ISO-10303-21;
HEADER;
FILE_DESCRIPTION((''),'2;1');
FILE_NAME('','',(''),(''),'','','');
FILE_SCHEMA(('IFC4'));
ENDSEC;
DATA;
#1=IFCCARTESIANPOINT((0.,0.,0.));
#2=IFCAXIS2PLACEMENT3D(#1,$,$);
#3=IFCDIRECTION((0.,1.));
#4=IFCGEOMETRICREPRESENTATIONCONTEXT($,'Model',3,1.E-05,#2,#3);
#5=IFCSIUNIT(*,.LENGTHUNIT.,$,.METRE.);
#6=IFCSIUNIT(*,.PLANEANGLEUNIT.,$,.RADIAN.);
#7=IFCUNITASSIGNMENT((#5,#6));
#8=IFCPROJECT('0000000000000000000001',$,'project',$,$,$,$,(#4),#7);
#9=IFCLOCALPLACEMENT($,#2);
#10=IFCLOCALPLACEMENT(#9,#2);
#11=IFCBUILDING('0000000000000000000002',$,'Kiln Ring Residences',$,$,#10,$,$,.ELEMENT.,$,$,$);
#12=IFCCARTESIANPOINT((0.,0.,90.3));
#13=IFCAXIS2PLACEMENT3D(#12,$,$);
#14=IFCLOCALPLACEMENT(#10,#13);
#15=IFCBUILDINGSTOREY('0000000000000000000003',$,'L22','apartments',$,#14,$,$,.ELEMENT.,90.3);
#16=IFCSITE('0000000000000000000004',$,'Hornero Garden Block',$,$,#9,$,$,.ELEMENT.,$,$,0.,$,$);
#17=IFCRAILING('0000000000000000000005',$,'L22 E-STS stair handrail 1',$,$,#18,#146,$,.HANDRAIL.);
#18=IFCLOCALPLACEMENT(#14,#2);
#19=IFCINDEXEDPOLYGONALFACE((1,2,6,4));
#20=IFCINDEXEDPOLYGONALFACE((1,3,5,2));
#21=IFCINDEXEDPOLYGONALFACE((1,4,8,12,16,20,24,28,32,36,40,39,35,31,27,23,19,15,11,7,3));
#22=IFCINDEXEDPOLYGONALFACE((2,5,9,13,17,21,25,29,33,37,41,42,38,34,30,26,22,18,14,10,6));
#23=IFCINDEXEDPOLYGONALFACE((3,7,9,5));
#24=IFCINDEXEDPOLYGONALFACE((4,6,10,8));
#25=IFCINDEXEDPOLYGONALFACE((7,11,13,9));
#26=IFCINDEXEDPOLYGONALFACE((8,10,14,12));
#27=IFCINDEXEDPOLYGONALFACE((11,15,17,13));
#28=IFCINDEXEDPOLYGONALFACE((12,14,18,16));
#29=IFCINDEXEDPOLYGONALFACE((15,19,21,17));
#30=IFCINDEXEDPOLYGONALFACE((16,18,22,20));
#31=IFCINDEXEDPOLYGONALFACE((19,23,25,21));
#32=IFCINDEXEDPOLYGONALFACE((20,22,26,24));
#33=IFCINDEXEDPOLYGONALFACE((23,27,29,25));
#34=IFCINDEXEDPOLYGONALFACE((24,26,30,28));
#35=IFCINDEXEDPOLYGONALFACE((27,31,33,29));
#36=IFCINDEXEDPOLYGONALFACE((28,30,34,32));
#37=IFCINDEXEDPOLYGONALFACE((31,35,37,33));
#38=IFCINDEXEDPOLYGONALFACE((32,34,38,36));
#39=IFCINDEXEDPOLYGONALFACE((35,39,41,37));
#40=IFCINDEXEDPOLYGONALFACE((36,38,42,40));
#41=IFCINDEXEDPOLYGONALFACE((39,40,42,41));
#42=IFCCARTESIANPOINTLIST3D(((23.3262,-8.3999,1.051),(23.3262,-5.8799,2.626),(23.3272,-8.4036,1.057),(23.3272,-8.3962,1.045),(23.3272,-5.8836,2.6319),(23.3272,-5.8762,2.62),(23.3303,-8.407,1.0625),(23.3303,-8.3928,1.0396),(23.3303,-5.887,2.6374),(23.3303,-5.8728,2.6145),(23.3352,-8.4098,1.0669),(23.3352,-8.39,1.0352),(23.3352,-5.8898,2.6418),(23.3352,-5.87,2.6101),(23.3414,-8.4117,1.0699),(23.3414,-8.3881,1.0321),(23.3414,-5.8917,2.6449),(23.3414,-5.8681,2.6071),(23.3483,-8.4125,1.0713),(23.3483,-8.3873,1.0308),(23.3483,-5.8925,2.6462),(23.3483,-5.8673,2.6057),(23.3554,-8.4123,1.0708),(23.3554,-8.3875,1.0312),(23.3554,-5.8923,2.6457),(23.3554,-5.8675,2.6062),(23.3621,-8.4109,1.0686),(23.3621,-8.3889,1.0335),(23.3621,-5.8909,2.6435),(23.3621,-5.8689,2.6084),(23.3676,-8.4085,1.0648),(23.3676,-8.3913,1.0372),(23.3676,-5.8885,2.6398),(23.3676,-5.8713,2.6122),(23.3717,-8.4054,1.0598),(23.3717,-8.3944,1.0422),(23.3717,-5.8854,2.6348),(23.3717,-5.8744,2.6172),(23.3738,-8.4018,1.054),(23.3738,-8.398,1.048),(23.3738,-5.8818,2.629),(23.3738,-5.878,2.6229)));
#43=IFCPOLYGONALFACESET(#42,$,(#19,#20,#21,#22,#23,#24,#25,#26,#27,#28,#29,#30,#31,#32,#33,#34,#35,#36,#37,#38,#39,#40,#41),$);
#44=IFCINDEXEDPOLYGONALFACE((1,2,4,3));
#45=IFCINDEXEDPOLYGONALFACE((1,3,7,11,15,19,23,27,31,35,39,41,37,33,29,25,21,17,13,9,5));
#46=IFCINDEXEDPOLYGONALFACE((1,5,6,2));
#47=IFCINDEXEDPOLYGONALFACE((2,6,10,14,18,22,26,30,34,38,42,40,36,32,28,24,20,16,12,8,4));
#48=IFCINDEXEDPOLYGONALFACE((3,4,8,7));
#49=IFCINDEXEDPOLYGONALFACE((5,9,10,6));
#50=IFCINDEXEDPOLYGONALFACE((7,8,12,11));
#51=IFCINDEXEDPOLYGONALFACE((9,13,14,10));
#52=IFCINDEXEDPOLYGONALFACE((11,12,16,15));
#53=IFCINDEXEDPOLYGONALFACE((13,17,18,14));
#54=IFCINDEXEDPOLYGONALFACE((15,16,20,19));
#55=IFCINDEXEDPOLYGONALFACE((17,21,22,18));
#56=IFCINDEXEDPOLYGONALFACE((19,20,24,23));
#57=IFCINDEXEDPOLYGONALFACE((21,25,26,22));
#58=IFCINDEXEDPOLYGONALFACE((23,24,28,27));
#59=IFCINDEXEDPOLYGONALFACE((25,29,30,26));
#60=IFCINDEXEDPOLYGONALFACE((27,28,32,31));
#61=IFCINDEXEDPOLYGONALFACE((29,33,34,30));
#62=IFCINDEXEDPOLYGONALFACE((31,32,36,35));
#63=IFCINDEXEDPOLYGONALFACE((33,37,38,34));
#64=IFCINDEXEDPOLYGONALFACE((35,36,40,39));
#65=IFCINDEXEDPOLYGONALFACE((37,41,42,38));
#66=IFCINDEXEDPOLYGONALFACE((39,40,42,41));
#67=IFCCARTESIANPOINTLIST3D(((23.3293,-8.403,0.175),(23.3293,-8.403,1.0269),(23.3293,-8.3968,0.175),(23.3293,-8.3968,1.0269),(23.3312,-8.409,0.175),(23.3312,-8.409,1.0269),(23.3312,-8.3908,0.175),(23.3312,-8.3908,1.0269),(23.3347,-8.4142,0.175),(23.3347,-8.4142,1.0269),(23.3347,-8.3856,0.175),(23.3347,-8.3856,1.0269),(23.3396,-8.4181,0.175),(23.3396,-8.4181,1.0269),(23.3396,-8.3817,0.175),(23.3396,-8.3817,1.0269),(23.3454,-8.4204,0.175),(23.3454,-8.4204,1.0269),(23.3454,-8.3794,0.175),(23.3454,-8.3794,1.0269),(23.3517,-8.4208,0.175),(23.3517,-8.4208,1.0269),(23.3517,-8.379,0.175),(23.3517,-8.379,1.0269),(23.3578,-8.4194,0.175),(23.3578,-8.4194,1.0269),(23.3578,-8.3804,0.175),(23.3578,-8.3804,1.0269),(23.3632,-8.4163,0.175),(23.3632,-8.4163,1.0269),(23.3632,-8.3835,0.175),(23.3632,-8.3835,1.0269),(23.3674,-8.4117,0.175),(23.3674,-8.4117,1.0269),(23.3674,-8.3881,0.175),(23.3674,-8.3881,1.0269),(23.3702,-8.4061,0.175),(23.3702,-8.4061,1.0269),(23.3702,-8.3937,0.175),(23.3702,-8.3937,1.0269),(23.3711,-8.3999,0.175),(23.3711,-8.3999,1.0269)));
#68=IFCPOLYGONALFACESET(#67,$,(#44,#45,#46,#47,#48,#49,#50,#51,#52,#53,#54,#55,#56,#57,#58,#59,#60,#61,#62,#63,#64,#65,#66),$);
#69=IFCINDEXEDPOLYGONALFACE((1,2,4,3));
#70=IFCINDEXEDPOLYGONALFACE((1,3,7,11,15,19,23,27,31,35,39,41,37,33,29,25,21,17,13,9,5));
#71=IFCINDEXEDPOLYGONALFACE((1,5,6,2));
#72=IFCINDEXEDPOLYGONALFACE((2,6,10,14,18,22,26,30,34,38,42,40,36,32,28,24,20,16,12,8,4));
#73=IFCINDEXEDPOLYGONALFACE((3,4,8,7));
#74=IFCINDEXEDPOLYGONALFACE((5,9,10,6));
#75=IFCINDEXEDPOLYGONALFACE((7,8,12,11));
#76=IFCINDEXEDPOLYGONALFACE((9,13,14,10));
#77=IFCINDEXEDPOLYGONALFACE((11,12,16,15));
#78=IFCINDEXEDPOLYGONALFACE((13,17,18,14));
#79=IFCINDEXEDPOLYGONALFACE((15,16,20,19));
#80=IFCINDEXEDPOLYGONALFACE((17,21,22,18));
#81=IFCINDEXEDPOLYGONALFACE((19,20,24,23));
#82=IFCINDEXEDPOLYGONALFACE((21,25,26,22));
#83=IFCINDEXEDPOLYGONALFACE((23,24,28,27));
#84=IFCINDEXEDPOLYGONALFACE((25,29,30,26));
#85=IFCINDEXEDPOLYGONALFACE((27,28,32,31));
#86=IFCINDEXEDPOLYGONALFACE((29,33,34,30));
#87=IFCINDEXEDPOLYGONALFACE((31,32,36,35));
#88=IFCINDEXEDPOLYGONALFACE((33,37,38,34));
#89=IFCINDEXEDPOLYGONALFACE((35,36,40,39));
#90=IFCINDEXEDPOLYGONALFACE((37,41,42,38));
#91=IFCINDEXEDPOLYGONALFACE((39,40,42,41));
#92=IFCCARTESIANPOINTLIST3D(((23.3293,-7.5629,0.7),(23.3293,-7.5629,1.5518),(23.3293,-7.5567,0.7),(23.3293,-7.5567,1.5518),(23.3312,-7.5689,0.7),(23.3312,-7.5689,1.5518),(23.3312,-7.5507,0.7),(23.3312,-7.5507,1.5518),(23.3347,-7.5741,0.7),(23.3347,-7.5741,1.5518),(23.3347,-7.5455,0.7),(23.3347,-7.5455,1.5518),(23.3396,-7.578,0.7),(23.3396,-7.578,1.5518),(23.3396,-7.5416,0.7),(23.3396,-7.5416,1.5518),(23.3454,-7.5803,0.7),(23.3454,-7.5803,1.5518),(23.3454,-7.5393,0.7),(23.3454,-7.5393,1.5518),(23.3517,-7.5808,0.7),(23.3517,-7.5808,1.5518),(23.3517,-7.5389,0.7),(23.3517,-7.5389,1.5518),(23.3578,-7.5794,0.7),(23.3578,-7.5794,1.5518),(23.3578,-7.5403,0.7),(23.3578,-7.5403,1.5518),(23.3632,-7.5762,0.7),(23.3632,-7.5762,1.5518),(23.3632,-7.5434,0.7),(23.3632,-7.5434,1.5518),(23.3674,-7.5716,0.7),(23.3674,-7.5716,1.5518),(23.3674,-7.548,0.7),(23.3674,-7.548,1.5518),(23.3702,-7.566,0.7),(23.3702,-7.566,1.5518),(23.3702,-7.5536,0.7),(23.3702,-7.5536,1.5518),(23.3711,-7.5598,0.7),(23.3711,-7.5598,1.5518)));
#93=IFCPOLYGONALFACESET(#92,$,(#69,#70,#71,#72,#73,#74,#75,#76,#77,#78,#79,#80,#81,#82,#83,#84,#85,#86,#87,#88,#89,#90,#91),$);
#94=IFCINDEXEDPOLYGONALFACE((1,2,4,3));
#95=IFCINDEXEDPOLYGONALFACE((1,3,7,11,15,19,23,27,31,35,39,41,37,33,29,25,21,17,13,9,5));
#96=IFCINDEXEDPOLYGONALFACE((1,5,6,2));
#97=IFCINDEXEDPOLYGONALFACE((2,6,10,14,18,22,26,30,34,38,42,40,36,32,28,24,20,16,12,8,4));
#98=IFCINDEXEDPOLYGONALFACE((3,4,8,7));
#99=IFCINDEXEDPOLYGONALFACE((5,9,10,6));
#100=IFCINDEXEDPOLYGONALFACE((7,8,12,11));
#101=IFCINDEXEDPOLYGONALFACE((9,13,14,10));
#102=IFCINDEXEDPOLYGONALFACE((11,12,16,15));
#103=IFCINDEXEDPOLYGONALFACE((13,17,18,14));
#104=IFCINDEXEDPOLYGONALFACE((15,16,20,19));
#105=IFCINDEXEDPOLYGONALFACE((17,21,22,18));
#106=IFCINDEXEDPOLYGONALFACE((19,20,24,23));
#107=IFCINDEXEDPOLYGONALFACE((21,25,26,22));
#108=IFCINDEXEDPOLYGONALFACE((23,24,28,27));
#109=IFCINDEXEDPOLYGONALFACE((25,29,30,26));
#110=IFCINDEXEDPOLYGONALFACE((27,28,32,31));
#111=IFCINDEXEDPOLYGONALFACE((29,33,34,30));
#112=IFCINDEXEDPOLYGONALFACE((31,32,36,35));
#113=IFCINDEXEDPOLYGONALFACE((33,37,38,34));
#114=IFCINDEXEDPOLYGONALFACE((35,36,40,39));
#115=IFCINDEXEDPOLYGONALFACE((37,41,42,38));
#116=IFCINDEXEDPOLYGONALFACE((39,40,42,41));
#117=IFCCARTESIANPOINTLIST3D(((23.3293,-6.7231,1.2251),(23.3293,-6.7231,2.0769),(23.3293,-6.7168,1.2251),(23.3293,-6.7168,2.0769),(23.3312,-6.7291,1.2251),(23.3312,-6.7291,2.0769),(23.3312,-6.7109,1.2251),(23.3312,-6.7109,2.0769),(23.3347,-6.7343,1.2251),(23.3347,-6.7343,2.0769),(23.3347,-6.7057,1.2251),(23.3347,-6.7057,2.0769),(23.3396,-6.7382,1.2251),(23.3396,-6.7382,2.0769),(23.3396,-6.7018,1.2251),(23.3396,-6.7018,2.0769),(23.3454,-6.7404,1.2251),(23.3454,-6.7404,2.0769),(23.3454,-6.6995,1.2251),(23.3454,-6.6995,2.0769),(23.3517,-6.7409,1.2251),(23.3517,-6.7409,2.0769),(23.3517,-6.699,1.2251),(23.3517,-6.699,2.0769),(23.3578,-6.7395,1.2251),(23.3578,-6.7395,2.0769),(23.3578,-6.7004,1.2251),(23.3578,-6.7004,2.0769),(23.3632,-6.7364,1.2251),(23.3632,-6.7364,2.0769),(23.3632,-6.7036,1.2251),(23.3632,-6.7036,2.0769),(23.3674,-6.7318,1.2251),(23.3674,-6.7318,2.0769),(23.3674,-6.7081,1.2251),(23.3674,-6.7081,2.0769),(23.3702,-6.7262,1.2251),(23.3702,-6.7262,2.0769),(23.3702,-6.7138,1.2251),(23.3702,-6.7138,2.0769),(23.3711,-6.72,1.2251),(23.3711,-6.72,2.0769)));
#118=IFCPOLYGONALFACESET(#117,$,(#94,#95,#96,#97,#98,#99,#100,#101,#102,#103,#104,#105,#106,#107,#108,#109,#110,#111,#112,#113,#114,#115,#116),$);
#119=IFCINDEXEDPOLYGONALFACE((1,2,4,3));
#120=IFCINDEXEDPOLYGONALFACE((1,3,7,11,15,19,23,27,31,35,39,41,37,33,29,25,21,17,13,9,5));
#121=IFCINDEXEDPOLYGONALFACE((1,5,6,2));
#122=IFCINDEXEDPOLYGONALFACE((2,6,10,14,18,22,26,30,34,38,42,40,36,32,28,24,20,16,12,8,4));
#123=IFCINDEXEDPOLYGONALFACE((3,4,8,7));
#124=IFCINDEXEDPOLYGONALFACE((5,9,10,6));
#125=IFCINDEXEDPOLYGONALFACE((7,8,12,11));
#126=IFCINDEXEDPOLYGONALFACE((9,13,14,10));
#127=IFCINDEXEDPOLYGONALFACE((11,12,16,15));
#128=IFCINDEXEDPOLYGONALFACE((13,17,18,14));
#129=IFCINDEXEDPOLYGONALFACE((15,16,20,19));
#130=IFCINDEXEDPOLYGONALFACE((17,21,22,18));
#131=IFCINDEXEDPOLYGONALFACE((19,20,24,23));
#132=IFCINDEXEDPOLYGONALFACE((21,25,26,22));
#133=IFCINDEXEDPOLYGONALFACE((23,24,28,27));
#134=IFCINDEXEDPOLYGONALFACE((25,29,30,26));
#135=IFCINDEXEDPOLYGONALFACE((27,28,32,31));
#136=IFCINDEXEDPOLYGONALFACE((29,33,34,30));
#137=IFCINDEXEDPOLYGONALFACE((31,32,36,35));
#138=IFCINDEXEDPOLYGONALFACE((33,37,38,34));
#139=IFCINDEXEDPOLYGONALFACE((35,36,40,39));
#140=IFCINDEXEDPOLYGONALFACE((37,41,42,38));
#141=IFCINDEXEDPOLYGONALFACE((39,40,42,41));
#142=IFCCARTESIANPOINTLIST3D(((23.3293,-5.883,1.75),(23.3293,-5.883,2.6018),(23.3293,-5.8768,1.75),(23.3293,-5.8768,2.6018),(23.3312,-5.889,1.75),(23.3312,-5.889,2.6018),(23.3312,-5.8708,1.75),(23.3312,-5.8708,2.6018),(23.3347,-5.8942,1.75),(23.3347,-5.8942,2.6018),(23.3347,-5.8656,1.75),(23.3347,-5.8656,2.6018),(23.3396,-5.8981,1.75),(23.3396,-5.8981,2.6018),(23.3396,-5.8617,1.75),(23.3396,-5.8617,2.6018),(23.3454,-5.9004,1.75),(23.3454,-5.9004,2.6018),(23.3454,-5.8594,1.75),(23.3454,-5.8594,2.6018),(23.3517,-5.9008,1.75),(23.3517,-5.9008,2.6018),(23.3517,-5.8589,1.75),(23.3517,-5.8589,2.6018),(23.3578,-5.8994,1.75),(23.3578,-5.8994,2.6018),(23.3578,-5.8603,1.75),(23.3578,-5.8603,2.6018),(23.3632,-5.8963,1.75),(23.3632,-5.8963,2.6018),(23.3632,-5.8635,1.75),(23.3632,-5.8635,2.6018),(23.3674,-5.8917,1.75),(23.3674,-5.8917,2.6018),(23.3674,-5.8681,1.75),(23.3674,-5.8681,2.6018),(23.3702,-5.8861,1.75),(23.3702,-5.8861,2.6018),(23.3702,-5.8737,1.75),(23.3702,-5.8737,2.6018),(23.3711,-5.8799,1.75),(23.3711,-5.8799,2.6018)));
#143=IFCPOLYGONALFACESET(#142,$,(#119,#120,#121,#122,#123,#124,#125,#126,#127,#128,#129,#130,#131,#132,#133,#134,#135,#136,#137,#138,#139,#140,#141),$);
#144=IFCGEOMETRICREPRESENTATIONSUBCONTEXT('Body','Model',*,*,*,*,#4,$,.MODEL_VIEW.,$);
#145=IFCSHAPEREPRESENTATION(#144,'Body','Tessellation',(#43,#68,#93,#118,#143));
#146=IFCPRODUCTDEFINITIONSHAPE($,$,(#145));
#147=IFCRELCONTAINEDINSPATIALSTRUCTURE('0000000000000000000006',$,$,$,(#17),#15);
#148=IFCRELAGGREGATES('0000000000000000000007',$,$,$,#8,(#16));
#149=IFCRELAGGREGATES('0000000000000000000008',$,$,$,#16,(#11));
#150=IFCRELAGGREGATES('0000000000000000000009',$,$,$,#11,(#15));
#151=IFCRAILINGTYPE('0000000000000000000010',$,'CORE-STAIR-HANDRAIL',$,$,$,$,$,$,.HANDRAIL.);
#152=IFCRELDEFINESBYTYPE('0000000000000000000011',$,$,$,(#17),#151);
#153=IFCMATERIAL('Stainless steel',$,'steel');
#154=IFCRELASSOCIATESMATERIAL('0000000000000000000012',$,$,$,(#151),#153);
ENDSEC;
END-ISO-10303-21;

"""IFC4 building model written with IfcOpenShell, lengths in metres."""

from ifc_helpers import new_model, si_unit, direction, frame, origin, origin_2d, place, context, subcontext, project, spatial, circle, extrude, material, type_object, element, save


model = new_model("IFC4")

# Units and contexts
model_context = context("Model", 3, precision=1e-05, world=origin(), true_north=direction((0.0, 1.0)))
body_context = subcontext(model_context, "Body", "Model", "MODEL_VIEW")
ifc_project = project(units=[si_unit("LENGTHUNIT", "METRE"), si_unit("PLANEANGLEUNIT", "RADIAN")], contexts=[model_context])

# Site, building, storey
site_placement = place(None, origin())
site = spatial("IfcSite", under=ifc_project, at=site_placement, Name="Hornero Garden Block", CompositionType="ELEMENT", RefElevation=0.0)
building_placement = place(site_placement, origin())
building = spatial("IfcBuilding", under=site, at=building_placement, Name="Kiln Ring Residences", CompositionType="ELEMENT")
storey_placement = place(building_placement, frame((0.0, 0.0, 90.3)))
storey = spatial("IfcBuildingStorey", under=building, at=storey_placement, Name="L22", Description="apartments", CompositionType="ELEMENT", Elevation=90.3)

# Railing
ifc_material_1 = material(Name="Stainless steel", Category="steel")
railing_type_1 = type_object("IfcRailingType", Name="CORE-STAIR-HANDRAIL", PredefinedType="HANDRAIL", material=ifc_material_1)
railing_1_placement = place(storey_placement, frame((23.3501, -8.3999, 0.175)))
element("IfcRailing", 1, at=railing_1_placement, inside=storey, type_object=railing_type_1, Name="L22 E-STS stair handrail 1", PredefinedType="HANDRAIL", context=body_context, shape_type="SweptSolid", body=[
    extrude(circle(Radius=0.0239, at=origin_2d()), frame((0.0, 0.0, 0.876), z_axis=(0.0, 0.848008, 0.529984), x_axis=(-1.0, 0.0, 0.0)), (0.0, 0.0, 1.0), 2.9717),
    extrude(circle(Radius=0.021, at=origin_2d()), origin(), (0.0, 0.0, 1.0), 0.8518),
    extrude(circle(Radius=0.021, at=origin_2d()), frame((0.0, 0.8401, 0.5249)), (0.0, 0.0, 1.0), 0.8518),
    extrude(circle(Radius=0.021, at=origin_2d()), frame((0.0, 1.6799, 1.05)), (0.0, 0.0, 1.0), 0.8518),
    extrude(circle(Radius=0.021, at=origin_2d()), frame((0.0, 2.52, 1.575)), (0.0, 0.0, 1.0), 0.8518),
])

save(model, "model.ifc")
